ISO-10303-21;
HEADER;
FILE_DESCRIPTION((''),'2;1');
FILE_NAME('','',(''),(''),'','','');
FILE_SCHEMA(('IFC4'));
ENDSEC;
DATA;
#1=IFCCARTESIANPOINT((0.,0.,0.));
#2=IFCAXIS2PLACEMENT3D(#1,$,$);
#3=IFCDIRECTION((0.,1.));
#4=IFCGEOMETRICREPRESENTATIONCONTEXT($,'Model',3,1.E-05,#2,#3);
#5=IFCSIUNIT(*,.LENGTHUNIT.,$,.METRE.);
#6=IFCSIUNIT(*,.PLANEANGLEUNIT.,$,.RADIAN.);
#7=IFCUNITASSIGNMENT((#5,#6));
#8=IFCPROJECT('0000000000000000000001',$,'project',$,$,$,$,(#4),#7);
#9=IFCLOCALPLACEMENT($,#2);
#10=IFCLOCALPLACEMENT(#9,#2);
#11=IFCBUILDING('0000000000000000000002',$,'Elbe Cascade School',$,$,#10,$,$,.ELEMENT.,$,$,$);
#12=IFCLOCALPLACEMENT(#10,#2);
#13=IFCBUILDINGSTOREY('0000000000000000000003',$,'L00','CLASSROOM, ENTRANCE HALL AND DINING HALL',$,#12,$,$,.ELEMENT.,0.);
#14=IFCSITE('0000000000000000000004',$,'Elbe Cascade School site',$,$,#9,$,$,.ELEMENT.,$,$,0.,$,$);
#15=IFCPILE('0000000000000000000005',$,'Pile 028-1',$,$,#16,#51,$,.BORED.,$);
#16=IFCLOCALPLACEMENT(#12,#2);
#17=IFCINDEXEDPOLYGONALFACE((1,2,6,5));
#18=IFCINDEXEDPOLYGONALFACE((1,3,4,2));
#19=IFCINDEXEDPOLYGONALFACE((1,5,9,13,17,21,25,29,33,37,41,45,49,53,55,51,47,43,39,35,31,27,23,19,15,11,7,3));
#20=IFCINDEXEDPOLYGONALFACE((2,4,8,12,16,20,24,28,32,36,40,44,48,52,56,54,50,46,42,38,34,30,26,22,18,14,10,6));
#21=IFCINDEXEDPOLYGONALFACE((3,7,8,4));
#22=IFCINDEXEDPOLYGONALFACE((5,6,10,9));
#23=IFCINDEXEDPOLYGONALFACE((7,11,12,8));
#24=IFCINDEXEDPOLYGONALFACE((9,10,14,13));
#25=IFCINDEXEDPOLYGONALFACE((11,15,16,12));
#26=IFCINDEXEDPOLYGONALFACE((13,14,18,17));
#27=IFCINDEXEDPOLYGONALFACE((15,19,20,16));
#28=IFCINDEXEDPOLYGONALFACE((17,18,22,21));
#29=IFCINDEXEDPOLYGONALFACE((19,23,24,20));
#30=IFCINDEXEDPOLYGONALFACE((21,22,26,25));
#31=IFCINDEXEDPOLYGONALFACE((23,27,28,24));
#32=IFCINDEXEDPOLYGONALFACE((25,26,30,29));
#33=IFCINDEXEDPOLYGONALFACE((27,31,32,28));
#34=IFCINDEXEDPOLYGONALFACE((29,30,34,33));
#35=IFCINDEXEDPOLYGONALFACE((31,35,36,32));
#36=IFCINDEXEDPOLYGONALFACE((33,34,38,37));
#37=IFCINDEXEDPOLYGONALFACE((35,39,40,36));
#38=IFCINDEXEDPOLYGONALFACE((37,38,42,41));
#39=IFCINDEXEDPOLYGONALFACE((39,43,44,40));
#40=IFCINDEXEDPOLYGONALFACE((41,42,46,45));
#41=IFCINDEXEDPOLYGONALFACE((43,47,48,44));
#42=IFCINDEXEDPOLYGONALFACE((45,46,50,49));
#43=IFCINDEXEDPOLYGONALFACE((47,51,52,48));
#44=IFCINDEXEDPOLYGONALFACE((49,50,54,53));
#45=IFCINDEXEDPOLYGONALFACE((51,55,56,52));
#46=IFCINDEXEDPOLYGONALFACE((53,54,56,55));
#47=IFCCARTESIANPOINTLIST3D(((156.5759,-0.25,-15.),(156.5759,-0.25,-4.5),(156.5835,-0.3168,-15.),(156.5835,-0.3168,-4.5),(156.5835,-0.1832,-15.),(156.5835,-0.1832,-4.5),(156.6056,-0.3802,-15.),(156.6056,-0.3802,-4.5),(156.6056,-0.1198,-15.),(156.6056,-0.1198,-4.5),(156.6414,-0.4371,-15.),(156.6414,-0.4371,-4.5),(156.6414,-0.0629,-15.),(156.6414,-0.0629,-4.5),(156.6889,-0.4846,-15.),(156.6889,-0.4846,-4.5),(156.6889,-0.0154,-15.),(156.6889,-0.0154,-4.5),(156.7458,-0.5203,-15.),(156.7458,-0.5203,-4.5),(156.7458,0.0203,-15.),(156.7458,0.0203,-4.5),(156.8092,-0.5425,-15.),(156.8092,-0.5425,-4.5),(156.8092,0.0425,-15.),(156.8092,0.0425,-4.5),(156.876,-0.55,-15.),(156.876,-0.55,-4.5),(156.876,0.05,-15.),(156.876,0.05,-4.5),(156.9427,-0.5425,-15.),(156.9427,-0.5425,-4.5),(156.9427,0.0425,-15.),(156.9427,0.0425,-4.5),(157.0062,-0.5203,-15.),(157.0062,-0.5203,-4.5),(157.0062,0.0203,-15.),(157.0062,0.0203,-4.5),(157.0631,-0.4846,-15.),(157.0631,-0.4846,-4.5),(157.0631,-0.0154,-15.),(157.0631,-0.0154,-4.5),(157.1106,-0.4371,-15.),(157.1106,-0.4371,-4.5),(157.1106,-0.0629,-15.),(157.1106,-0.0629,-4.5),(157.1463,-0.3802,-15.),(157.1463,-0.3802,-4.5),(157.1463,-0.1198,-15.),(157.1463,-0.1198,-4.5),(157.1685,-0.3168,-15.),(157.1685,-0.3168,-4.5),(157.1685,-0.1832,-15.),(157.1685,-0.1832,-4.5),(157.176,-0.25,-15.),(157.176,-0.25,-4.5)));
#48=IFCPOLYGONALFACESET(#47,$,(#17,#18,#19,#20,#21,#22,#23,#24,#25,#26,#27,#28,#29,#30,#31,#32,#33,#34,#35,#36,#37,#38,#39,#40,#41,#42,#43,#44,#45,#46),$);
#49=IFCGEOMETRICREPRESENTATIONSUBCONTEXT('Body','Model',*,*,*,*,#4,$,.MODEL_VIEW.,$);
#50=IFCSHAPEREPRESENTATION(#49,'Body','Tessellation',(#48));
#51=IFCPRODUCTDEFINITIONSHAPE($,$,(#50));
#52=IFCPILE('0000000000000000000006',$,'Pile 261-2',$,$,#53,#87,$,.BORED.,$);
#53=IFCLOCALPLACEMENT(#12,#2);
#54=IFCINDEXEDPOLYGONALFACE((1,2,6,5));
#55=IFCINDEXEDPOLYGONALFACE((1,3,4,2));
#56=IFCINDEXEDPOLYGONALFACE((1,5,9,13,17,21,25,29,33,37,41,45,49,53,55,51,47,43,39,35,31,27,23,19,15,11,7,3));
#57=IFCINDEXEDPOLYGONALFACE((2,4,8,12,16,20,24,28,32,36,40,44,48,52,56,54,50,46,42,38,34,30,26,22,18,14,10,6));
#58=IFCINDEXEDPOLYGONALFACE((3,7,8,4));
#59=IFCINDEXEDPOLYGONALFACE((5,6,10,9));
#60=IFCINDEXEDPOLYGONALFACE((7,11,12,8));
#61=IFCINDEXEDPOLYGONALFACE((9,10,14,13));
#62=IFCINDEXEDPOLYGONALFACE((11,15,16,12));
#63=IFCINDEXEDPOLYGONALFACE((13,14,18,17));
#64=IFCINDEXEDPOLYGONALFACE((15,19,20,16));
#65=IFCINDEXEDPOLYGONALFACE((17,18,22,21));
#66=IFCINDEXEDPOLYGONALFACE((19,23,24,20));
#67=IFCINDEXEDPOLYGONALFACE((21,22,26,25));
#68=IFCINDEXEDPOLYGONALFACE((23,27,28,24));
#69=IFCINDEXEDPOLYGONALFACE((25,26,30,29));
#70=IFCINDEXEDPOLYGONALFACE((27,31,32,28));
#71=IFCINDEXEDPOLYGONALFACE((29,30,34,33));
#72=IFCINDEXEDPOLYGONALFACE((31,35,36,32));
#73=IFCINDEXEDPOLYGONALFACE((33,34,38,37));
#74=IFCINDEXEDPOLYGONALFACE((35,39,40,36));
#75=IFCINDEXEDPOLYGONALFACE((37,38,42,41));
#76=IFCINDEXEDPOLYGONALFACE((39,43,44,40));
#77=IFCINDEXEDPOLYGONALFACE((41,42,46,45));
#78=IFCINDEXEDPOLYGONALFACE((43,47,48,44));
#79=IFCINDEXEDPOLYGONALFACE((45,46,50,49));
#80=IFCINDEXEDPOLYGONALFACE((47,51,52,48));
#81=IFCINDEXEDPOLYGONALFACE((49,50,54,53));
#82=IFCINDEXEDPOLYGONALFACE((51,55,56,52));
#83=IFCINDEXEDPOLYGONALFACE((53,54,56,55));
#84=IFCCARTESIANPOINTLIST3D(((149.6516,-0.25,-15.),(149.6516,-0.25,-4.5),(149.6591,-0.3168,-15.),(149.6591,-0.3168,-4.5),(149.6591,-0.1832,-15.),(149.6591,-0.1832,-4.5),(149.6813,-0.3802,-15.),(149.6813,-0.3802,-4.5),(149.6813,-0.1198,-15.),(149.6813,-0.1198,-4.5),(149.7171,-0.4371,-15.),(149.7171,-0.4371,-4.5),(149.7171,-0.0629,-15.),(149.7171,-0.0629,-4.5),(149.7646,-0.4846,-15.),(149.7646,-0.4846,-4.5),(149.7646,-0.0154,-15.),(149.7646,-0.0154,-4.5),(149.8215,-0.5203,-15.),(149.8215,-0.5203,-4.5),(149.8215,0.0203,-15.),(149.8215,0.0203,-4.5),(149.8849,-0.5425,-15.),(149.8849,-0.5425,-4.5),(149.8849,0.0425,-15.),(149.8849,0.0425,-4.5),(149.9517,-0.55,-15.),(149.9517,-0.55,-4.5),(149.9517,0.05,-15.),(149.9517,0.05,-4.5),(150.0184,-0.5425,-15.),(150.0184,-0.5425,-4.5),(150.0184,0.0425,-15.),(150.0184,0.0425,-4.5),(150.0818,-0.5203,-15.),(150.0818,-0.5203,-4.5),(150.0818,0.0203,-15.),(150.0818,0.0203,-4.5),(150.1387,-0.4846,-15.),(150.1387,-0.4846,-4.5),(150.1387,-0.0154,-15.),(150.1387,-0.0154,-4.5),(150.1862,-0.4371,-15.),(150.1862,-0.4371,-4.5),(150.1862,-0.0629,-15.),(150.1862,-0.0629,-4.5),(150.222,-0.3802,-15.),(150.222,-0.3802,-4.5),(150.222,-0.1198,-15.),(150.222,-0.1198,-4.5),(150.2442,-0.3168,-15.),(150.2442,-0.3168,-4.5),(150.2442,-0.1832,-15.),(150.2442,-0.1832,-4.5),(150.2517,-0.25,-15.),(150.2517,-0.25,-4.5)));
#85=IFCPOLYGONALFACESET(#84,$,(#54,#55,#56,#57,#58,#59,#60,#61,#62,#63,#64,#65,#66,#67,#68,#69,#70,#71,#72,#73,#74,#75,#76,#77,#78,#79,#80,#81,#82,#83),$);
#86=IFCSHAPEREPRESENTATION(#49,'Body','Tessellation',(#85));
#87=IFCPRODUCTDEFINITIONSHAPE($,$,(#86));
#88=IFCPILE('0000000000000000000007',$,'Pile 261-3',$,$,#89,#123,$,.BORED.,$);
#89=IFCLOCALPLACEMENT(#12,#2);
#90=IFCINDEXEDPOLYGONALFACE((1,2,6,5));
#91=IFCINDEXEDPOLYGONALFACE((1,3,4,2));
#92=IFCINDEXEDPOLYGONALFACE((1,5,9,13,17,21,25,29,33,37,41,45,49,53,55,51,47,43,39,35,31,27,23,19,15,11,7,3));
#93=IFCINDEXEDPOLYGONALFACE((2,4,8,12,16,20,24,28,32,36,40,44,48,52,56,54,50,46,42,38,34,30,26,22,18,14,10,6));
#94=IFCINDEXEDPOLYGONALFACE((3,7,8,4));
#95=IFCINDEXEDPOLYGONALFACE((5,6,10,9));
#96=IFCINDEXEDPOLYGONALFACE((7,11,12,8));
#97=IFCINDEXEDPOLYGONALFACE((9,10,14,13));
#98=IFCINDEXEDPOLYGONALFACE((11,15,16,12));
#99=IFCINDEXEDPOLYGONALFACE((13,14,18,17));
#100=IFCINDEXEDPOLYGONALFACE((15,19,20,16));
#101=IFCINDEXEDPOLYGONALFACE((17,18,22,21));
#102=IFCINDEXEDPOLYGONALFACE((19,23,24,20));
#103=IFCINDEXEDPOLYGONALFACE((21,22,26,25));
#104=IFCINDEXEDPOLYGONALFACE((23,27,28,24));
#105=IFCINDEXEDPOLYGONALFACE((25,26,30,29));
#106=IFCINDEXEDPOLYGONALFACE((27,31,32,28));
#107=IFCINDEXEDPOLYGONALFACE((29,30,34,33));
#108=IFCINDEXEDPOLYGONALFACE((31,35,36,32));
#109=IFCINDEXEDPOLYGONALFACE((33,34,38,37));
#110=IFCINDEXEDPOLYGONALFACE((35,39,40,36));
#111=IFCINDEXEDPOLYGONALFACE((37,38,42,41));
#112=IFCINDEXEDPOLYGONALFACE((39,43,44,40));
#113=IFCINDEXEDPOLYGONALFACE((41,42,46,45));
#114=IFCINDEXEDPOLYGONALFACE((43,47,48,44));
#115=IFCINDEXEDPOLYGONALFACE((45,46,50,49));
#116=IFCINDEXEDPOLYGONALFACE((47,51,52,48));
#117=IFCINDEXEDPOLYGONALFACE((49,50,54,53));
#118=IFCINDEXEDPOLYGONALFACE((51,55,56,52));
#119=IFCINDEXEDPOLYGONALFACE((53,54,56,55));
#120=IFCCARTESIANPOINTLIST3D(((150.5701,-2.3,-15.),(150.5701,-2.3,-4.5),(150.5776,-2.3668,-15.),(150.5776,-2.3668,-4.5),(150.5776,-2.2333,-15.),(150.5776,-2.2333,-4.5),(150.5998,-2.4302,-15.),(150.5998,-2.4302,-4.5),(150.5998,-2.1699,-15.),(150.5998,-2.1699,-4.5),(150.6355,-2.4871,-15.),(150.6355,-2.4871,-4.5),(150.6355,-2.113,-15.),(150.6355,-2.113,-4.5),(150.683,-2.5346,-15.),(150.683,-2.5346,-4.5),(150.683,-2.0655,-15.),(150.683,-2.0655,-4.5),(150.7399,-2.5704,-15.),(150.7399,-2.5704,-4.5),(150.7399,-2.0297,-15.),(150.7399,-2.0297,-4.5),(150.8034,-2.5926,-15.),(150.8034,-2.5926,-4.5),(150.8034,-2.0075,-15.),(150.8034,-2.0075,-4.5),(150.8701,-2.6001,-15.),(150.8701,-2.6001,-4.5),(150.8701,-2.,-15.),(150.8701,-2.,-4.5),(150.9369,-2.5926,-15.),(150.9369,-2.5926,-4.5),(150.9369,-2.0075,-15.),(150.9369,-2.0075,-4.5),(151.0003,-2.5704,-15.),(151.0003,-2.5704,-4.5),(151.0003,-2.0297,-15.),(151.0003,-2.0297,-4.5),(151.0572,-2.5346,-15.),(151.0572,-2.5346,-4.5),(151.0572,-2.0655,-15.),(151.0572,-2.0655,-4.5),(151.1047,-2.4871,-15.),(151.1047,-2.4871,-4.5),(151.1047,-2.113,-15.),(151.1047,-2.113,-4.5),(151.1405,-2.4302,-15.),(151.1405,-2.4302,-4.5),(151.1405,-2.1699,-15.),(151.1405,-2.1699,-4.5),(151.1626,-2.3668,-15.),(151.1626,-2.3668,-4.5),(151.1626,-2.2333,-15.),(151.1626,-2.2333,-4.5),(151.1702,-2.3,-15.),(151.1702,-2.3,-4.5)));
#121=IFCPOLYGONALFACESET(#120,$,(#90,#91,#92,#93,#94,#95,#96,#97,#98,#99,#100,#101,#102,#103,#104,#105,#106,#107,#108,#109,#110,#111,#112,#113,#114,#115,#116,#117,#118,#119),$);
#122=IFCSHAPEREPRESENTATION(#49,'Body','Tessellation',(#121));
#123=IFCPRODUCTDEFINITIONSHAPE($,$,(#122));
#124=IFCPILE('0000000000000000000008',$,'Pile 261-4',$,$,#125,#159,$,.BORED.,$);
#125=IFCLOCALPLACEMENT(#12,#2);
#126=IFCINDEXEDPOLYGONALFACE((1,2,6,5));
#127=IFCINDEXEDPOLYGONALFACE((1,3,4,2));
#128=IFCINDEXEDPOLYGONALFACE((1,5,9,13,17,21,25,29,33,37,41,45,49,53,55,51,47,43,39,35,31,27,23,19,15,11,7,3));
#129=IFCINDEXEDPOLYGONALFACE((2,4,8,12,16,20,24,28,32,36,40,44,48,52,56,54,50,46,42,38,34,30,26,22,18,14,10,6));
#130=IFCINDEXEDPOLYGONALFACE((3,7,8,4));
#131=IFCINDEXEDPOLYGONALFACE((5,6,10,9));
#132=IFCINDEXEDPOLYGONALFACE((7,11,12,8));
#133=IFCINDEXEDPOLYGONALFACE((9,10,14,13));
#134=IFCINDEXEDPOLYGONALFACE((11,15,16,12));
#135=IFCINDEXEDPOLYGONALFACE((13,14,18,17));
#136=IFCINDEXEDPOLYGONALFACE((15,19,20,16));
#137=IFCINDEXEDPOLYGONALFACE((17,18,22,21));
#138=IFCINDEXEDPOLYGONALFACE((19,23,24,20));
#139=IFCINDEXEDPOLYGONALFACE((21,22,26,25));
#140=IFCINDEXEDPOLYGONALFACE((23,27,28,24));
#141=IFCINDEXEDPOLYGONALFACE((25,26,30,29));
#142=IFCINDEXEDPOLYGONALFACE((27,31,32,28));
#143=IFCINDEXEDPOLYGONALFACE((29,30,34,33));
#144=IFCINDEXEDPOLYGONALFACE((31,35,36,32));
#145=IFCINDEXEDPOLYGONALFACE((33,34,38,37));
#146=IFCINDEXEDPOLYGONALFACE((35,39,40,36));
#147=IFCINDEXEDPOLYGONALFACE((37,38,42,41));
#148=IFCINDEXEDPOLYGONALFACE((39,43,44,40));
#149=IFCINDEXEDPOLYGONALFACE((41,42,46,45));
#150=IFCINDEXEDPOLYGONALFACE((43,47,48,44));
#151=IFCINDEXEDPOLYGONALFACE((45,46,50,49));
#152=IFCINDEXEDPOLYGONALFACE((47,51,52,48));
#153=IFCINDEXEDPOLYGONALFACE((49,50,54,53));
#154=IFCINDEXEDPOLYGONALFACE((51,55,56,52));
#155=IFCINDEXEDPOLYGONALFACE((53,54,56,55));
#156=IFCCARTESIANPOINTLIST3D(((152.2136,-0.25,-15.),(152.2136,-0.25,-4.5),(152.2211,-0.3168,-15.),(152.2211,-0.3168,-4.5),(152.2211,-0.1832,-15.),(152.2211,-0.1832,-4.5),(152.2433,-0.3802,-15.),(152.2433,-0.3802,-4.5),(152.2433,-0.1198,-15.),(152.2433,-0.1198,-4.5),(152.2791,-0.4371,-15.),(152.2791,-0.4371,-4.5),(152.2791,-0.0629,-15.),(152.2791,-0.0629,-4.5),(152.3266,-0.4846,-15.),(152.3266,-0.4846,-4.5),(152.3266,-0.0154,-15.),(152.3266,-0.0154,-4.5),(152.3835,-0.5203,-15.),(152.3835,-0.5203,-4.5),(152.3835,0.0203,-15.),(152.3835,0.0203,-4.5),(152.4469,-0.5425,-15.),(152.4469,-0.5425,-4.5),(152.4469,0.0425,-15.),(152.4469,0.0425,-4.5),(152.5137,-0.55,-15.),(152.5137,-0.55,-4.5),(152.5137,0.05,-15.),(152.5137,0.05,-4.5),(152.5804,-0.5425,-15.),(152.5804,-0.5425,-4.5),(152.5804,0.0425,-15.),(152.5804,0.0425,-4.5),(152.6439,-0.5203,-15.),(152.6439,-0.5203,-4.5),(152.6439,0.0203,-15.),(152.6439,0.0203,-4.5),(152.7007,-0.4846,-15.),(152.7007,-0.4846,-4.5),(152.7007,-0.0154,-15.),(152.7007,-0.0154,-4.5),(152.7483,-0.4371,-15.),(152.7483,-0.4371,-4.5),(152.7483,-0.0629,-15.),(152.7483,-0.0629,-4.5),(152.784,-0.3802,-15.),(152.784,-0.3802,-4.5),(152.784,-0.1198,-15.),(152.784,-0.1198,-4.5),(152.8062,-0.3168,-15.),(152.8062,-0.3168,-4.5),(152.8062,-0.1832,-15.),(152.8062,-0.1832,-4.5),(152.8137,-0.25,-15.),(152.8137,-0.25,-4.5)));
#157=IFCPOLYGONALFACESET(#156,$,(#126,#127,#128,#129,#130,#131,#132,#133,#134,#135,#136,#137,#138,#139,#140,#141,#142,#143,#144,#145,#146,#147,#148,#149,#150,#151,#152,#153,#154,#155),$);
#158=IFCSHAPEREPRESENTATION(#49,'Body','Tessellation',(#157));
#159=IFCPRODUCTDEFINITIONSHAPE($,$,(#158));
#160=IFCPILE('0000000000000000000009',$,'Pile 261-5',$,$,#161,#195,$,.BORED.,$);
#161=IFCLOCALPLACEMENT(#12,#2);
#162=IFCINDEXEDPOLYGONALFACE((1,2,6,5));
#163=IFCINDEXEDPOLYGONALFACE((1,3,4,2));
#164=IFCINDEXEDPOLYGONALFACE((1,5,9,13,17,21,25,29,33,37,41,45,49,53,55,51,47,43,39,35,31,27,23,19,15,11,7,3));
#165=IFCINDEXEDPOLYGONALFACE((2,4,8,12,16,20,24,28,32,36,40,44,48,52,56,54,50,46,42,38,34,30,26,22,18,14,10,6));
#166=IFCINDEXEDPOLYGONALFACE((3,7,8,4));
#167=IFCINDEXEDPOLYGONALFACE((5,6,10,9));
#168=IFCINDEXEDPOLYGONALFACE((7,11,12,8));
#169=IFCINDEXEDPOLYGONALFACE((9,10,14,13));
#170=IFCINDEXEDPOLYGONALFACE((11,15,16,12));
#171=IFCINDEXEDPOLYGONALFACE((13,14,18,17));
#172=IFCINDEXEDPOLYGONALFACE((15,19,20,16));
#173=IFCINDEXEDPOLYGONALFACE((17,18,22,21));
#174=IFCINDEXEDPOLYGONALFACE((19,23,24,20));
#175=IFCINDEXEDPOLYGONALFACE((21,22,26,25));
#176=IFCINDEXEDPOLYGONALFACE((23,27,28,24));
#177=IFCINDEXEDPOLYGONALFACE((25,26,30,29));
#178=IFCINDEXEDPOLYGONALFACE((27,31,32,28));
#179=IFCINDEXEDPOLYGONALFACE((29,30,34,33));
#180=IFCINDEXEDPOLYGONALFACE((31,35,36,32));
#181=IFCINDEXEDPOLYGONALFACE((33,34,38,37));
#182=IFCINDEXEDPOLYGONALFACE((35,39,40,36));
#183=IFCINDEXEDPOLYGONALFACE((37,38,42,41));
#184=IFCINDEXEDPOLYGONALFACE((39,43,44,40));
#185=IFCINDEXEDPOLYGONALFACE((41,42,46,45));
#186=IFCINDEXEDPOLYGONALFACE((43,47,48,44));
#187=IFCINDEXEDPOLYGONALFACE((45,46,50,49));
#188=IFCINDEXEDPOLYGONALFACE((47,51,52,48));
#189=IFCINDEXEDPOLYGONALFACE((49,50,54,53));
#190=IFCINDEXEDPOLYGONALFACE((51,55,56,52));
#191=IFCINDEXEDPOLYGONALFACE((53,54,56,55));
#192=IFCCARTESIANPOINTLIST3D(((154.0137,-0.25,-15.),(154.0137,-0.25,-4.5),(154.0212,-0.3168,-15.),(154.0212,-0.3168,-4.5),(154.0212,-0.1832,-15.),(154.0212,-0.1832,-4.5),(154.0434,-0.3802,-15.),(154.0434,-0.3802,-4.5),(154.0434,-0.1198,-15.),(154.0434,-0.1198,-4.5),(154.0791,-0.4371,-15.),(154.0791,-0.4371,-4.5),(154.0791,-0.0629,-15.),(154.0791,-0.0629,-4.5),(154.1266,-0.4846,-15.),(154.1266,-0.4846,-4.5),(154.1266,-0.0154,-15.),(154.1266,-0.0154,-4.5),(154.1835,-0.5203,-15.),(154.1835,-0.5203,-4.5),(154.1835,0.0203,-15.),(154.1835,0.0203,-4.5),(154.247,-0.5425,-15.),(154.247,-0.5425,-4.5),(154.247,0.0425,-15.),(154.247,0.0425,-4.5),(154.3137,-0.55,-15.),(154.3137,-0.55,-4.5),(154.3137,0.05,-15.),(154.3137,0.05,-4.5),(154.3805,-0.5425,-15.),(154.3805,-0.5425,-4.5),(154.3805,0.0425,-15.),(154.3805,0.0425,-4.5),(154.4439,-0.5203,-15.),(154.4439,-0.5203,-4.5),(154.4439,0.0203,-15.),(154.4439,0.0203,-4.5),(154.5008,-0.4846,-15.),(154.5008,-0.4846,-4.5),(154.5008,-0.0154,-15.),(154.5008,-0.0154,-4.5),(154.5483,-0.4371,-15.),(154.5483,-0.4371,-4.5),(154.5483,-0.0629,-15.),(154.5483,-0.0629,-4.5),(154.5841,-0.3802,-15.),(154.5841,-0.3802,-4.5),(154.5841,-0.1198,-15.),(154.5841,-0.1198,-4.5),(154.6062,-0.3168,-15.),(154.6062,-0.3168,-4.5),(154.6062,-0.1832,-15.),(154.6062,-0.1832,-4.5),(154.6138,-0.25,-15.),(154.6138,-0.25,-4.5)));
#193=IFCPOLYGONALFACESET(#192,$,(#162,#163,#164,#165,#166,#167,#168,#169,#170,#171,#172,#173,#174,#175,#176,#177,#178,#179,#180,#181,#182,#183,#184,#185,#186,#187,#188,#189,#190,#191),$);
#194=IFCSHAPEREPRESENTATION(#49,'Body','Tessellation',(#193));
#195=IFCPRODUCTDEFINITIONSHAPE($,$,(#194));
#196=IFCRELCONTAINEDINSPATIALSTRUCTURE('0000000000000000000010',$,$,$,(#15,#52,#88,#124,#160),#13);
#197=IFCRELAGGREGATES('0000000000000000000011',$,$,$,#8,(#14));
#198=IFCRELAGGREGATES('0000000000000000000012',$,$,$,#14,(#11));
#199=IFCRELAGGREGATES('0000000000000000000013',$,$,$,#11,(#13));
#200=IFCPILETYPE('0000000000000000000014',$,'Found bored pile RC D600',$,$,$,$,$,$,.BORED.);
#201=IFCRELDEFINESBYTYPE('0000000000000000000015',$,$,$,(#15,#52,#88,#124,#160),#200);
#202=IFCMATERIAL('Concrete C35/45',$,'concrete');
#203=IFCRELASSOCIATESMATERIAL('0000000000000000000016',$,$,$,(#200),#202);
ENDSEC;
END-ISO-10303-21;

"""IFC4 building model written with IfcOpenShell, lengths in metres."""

from ifc_helpers import new_model, si_unit, direction, frame, origin, origin_2d, place, context, subcontext, project, spatial, circle, extrude, material, material_profile, profile_set, type_object, element, save


model = new_model("IFC4")

# Units and contexts
model_context = context("Model", 3, precision=1e-05, world=origin(), true_north=direction((0.0, 1.0)))
body_context = subcontext(model_context, "Body", "Model", "MODEL_VIEW")
ifc_project = project(units=[si_unit("LENGTHUNIT", "METRE"), si_unit("PLANEANGLEUNIT", "RADIAN")], contexts=[model_context])

# Site, building, storey
site_placement = place(None, origin())
site = spatial("IfcSite", under=ifc_project, at=site_placement, Name="Elbe Cascade School site", CompositionType="ELEMENT", RefElevation=0.0)
building_placement = place(site_placement, origin())
building = spatial("IfcBuilding", under=site, at=building_placement, Name="Elbe Cascade School", CompositionType="ELEMENT")
storey_placement = place(building_placement, origin())
storey = spatial("IfcBuildingStorey", under=building, at=storey_placement, Name="L00", Description="CLASSROOM, ENTRANCE HALL AND DINING HALL", CompositionType="ELEMENT", Elevation=0.0)

# Piles
ifc_material_1 = material(Name="Concrete C35/45", Category="concrete")
ifc_material_profile_1 = material_profile(ifc_material_1, circle(Radius=0.3, at=origin_2d()), Name="RC D600")
ifc_profile_set_1 = profile_set([ifc_material_profile_1], Name="Concrete C35/45")
pile_type = type_object("IfcPileType", Name="Found bored pile RC D600", PredefinedType="BORED", material=ifc_profile_set_1)
for number, where, z_axis, x_axis, name in (
    (1, (156.876, -0.25, -4.5), (0.0, 0.0, -1.0), (1.0, 0.0, 0.0), "Pile 028-1"),
    (2, (149.9517, -0.25, -4.5), (0.0, 0.0, -1.0), (1.0, 0.0, 0.0), "Pile 261-2"),
    (3, (150.8701, -2.3, -4.5), (0.0, 0.0, -1.0), (1.0, 0.0, 0.0), "Pile 261-3"),
    (4, (152.5137, -0.25, -4.5), (0.0, 0.0, -1.0), (1.0, 0.0, 0.0), "Pile 261-4"),
    (5, (154.3137, -0.25, -4.5), (0.0, 0.0, -1.0), (1.0, 0.0, 0.0), "Pile 261-5"),
):
    element("IfcPile", number, at=place(storey_placement, frame(where, z_axis=z_axis, x_axis=x_axis)), inside=storey, type_object=pile_type, Name=name, PredefinedType="BORED", context=body_context, shape_type="SweptSolid", body=[
        extrude(circle(Radius=0.3, at=origin_2d()), origin(), (0.0, 0.0, 1.0), 10.5),
    ])

save(model, "model.ifc")
